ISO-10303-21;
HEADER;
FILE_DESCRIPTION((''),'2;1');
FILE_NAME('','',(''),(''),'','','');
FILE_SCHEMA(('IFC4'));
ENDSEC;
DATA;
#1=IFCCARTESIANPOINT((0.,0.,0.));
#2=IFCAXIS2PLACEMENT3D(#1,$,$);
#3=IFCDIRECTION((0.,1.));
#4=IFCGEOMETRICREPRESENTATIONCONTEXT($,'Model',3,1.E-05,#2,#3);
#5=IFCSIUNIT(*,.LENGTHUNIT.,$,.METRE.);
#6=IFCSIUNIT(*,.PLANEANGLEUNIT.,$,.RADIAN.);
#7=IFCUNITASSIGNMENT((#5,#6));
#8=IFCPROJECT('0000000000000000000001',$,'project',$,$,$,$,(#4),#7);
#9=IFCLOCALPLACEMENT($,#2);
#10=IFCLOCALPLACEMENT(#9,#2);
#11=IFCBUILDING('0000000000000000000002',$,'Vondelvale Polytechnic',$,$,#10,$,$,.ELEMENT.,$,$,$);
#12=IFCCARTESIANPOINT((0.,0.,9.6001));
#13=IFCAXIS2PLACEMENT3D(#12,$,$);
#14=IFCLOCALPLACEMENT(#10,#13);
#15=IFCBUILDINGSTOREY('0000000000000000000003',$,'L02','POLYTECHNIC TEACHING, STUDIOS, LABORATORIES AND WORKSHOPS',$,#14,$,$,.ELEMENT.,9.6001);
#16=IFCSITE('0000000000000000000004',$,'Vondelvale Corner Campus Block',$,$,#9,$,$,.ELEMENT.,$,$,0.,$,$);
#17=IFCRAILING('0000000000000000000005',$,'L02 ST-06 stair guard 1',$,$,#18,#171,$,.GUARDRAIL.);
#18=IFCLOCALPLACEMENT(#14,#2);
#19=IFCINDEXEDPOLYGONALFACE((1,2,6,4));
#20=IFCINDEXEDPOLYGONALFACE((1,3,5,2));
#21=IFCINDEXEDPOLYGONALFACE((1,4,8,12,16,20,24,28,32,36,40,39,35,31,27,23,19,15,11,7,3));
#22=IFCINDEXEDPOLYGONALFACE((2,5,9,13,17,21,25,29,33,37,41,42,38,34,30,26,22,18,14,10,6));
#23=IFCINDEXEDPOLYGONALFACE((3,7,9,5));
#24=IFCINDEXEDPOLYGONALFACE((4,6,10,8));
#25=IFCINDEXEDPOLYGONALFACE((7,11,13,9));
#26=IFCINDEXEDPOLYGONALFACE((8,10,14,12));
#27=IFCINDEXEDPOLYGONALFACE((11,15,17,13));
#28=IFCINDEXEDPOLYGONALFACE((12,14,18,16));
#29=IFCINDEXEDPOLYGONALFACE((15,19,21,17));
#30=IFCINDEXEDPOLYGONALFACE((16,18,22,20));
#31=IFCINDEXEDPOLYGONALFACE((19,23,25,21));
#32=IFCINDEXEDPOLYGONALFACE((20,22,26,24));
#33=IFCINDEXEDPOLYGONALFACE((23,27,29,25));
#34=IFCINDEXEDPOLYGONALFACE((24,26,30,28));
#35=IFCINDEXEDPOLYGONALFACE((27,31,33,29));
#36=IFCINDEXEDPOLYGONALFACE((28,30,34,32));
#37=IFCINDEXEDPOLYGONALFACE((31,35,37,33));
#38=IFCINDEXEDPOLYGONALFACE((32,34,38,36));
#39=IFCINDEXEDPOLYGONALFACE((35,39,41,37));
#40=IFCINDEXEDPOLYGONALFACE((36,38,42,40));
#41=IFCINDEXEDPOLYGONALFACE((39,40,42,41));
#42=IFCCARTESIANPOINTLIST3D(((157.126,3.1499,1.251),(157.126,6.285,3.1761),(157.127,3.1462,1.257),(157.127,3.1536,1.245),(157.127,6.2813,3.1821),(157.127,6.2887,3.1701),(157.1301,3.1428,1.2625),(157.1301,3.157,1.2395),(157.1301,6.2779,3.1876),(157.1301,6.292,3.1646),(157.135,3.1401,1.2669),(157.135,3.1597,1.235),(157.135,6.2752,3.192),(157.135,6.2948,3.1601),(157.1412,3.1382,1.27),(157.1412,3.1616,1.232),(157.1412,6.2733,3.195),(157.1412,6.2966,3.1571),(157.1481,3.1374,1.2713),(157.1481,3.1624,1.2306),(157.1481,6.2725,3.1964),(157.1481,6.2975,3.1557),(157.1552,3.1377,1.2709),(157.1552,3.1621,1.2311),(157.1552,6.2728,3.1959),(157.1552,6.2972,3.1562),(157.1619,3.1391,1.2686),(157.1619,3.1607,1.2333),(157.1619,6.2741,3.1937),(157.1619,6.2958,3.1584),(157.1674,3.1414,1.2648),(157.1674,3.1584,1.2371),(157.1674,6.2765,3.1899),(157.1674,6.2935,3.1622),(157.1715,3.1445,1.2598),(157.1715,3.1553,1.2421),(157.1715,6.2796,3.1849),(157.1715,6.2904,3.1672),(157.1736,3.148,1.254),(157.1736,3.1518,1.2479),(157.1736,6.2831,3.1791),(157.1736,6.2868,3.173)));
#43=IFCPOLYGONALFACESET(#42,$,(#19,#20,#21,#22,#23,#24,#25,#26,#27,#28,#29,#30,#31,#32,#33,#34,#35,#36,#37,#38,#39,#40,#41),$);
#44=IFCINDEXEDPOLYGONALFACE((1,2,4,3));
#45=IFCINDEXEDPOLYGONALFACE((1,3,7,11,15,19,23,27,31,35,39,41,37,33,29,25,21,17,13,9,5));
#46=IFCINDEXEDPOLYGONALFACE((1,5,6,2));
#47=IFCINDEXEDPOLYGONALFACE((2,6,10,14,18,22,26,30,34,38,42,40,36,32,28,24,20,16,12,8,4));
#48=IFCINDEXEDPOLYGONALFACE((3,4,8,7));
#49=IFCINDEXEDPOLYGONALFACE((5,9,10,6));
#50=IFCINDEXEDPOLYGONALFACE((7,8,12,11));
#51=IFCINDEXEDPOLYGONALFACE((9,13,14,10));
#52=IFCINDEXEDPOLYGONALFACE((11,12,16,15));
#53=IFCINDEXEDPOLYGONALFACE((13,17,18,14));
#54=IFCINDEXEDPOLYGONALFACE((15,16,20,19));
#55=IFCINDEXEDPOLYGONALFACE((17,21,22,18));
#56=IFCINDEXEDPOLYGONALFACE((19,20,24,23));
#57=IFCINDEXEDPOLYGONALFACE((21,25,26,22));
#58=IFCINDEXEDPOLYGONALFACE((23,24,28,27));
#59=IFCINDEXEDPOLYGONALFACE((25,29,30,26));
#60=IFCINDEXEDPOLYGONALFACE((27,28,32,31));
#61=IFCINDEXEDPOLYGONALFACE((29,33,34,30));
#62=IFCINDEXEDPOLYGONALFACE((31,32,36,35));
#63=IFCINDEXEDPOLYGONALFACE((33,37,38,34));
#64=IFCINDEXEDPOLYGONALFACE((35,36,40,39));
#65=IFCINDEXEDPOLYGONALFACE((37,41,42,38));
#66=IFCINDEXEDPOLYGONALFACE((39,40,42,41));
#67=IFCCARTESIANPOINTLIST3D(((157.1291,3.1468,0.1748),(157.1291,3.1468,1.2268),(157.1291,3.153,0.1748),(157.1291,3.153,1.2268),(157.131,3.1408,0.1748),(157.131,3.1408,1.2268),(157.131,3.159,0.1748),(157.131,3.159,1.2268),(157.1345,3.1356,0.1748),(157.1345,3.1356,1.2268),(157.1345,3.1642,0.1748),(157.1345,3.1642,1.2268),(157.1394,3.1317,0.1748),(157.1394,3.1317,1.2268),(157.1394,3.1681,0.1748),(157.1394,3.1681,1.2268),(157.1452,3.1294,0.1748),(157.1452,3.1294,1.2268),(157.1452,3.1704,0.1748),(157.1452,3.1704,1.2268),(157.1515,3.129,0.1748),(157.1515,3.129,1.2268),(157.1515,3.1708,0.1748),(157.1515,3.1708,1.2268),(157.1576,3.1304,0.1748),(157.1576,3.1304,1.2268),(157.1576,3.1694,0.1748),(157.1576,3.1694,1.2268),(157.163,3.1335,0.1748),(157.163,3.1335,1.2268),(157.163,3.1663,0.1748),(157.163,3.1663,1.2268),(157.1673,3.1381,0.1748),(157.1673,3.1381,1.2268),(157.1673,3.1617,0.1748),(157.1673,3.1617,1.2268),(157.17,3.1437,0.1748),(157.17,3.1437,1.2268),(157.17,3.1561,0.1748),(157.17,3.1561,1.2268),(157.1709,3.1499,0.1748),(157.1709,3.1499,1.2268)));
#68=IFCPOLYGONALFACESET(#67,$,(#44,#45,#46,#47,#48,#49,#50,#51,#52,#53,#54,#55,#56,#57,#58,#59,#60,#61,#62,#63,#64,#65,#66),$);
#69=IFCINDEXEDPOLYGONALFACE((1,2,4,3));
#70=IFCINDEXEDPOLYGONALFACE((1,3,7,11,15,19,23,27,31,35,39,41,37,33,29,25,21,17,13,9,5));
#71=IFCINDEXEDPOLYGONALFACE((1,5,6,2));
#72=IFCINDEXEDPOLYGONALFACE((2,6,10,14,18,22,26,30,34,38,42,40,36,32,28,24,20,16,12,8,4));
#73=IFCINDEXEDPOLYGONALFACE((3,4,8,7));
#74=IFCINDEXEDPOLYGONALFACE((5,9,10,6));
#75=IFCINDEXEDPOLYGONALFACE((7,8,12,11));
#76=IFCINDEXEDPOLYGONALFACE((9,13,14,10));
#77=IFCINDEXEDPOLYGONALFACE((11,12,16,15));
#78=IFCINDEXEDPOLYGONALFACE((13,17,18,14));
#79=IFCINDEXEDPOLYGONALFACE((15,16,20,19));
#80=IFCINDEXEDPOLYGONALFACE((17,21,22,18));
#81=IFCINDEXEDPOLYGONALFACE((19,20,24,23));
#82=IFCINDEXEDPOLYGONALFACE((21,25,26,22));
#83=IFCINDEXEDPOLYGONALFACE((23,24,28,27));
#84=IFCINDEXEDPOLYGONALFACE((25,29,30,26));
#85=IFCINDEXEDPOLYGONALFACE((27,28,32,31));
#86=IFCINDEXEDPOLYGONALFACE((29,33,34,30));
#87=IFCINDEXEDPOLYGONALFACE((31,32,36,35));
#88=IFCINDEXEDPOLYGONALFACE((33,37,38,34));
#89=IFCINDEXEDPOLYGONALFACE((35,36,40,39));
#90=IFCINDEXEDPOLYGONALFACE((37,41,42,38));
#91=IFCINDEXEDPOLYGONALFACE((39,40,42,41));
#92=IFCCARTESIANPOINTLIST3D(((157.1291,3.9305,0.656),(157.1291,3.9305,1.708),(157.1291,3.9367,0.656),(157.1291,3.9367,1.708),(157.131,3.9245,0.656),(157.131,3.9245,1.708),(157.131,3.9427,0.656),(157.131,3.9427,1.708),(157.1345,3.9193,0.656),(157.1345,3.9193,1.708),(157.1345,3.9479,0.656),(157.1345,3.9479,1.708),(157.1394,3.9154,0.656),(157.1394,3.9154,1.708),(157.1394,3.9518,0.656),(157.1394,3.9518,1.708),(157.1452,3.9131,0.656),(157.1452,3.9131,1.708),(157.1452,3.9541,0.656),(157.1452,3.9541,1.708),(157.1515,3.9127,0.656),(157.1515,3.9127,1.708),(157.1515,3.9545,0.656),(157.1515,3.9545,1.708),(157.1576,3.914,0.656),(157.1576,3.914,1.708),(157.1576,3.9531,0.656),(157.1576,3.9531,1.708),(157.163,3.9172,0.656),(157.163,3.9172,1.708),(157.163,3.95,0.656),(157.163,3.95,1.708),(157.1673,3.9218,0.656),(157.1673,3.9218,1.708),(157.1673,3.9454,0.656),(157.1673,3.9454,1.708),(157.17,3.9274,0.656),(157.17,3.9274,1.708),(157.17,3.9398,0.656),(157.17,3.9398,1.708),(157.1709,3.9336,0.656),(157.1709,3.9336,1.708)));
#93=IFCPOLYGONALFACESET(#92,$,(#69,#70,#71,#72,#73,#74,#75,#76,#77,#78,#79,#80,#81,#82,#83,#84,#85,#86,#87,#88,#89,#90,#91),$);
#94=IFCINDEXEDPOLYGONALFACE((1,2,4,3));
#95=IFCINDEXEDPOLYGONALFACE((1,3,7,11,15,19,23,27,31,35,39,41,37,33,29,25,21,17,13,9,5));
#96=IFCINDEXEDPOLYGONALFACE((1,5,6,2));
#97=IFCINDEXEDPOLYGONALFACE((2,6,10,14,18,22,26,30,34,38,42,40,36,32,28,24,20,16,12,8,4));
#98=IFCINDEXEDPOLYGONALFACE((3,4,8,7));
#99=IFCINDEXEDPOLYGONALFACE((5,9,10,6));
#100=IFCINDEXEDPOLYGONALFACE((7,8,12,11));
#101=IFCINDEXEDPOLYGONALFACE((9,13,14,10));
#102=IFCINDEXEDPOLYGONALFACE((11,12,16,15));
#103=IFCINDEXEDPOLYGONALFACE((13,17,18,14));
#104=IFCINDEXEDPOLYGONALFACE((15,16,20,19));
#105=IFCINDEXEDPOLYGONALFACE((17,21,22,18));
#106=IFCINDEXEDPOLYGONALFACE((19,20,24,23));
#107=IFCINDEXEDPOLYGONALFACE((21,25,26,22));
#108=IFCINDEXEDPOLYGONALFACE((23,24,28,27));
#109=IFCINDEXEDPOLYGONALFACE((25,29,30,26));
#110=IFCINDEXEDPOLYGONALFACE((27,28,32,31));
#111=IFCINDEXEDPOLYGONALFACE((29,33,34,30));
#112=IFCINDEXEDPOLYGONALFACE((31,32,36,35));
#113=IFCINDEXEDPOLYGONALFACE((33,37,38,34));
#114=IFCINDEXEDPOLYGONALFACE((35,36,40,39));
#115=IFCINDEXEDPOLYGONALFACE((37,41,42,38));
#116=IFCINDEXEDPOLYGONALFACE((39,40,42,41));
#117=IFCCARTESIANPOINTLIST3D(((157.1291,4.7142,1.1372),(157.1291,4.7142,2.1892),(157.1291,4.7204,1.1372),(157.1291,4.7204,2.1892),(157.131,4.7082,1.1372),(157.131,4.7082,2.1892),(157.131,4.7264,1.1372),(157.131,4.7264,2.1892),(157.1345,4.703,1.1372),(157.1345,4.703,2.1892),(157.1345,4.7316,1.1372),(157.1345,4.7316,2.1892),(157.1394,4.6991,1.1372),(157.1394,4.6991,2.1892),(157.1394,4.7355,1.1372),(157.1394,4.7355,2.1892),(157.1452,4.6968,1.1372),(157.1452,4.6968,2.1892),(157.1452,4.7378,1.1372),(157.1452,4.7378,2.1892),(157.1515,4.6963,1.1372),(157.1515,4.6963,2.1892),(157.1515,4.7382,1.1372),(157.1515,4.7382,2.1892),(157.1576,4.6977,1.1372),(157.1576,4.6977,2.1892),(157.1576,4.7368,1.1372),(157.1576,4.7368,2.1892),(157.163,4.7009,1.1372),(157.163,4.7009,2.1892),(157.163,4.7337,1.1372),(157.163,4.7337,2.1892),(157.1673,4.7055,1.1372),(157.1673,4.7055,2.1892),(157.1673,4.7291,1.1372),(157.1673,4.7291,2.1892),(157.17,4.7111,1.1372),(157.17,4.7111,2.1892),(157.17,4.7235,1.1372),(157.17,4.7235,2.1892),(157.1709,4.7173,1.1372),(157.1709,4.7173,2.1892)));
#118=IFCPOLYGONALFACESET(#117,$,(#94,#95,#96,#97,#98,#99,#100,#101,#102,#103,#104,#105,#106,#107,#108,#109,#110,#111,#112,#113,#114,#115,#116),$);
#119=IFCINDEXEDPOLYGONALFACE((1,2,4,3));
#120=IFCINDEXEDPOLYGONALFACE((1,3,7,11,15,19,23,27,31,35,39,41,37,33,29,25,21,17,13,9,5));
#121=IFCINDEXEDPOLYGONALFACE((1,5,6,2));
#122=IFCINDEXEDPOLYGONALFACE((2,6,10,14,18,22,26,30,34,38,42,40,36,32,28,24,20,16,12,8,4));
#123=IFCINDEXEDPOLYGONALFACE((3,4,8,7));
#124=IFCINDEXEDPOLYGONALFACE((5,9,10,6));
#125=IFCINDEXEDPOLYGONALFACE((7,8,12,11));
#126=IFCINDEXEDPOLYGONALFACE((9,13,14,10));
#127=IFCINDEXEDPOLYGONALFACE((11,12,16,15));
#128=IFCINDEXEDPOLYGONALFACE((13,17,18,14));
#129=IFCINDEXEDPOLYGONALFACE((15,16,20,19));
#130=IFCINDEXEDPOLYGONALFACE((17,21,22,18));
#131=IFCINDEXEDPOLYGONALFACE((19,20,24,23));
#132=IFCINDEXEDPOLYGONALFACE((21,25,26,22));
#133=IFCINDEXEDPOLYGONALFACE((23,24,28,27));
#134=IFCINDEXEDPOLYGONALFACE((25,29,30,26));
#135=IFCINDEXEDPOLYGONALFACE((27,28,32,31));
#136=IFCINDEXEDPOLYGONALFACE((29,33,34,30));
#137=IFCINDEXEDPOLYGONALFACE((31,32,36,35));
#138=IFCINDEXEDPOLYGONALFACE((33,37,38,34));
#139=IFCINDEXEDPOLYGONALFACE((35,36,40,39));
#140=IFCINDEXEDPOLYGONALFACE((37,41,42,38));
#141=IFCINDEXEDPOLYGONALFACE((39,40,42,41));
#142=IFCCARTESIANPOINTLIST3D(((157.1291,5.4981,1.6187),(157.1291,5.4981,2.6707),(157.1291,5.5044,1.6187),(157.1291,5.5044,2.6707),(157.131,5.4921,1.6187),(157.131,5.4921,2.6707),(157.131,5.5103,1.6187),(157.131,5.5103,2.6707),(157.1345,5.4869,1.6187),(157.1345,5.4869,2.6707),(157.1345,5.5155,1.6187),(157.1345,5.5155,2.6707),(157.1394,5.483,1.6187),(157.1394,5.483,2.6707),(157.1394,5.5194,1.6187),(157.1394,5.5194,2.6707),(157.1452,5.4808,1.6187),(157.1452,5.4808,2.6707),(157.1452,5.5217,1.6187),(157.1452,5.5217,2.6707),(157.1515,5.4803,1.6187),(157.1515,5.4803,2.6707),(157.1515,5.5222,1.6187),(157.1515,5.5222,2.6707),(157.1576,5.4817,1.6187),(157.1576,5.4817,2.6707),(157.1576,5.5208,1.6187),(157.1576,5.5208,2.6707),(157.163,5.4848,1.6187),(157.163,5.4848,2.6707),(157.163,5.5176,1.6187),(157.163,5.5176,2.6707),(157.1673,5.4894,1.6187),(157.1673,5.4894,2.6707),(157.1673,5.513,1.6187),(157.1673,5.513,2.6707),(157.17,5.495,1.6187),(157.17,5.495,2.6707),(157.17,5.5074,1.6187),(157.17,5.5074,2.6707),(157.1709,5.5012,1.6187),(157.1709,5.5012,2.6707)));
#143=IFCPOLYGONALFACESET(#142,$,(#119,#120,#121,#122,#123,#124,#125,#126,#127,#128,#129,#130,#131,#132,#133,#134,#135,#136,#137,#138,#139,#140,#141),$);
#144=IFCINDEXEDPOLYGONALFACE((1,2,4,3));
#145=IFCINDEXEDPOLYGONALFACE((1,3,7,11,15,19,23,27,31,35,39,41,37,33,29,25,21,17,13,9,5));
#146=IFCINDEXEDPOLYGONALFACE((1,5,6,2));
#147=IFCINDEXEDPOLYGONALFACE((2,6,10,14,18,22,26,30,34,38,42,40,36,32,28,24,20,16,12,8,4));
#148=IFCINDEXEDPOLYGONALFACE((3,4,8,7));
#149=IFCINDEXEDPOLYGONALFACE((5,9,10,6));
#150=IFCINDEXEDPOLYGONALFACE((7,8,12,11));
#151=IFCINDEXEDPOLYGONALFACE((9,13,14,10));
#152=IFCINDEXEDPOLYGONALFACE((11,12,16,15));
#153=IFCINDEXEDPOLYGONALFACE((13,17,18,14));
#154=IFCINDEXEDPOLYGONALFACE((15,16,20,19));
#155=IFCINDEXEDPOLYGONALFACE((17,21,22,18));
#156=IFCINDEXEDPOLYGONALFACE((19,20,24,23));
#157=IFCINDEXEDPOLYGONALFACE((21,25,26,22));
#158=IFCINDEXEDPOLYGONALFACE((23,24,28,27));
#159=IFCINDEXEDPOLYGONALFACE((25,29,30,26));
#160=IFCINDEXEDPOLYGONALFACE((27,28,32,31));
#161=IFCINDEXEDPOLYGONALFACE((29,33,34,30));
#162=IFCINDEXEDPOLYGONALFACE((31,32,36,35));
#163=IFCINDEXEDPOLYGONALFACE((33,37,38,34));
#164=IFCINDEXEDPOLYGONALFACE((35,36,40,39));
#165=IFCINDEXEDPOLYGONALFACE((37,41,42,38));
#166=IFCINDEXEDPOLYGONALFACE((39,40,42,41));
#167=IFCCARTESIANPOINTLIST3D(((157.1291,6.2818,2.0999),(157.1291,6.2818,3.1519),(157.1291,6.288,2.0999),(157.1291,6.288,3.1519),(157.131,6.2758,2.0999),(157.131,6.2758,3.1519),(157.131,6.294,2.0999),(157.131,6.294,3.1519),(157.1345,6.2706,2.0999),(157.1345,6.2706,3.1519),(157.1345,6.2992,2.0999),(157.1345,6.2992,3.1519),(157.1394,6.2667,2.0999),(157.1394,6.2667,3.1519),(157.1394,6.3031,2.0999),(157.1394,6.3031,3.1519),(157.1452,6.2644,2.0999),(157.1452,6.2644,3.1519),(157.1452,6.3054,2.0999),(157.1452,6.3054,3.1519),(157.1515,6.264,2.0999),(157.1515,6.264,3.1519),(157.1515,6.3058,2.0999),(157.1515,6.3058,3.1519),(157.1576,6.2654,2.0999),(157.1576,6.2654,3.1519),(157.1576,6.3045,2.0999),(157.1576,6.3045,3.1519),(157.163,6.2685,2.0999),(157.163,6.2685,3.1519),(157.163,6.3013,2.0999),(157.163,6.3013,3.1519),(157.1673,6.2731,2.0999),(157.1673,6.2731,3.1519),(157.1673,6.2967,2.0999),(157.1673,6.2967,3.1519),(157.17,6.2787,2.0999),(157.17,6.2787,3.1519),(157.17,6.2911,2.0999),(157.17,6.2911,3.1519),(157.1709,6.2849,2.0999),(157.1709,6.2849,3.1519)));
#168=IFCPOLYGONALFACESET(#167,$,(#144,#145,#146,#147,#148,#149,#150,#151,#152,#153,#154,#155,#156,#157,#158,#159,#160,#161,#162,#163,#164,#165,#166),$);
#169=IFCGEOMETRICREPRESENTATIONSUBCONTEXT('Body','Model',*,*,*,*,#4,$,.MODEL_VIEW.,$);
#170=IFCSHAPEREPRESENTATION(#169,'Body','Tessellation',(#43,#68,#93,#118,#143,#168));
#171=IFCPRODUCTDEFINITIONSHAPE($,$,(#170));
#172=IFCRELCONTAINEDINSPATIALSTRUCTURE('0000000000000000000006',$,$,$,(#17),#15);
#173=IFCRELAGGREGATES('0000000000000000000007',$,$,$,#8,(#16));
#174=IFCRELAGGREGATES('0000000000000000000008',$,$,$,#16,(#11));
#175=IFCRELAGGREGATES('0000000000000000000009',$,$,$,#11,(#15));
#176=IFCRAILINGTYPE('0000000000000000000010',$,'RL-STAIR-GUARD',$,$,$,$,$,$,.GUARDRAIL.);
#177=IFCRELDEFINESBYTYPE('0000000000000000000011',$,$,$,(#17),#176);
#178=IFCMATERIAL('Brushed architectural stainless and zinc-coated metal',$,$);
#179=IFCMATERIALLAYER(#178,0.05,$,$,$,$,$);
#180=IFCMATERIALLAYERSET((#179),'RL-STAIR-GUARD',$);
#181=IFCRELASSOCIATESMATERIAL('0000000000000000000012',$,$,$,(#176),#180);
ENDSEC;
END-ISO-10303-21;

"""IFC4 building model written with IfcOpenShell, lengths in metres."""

from ifc_helpers import new_model, si_unit, direction, frame, origin, origin_2d, place, context, subcontext, project, spatial, circle, extrude, material, layer, layer_set, type_object, element, save


model = new_model("IFC4")

# Units and contexts
model_context = context("Model", 3, precision=1e-05, world=origin(), true_north=direction((0.0, 1.0)))
body_context = subcontext(model_context, "Body", "Model", "MODEL_VIEW")
ifc_project = project(units=[si_unit("LENGTHUNIT", "METRE"), si_unit("PLANEANGLEUNIT", "RADIAN")], contexts=[model_context])

# Site, building, storey
site_placement = place(None, origin())
site = spatial("IfcSite", under=ifc_project, at=site_placement, Name="Vondelvale Corner Campus Block", CompositionType="ELEMENT", RefElevation=0.0)
building_placement = place(site_placement, origin())
building = spatial("IfcBuilding", under=site, at=building_placement, Name="Vondelvale Polytechnic", CompositionType="ELEMENT")
storey_placement = place(building_placement, frame((0.0, 0.0, 9.6001)))
storey = spatial("IfcBuildingStorey", under=building, at=storey_placement, Name="L02", Description="POLYTECHNIC TEACHING, STUDIOS, LABORATORIES AND WORKSHOPS", CompositionType="ELEMENT", Elevation=9.6001)

# Railing
ifc_material_1 = material(Name="Brushed architectural stainless and zinc-coated metal")
ifc_layer_1 = layer(ifc_material_1, 0.05)
ifc_layer_set_1 = layer_set([ifc_layer_1], Name="RL-STAIR-GUARD")
railing_type_1 = type_object("IfcRailingType", Name="RL-STAIR-GUARD", PredefinedType="GUARDRAIL", material=ifc_layer_set_1)
railing_1_placement = place(storey_placement, frame((157.1499, 3.1499, 0.1748)))
element("IfcRailing", 1, at=railing_1_placement, inside=storey, type_object=railing_type_1, Name="L02 ST-06 stair guard 1", PredefinedType="GUARDRAIL", context=body_context, shape_type="SweptSolid", body=[
    extrude(circle(Radius=0.0239, at=origin_2d()), frame((0.0, 0.0, 1.0762), z_axis=(0.0, 0.852166, 0.523271), x_axis=(-1.0, 0.0, 0.0)), (0.0, 0.0, 1.0), 3.679),
    extrude(circle(Radius=0.021, at=origin_2d()), origin(), (0.0, 0.0, 1.0), 1.052),
    extrude(circle(Radius=0.021, at=origin_2d()), frame((0.0, 0.7837, 0.4812)), (0.0, 0.0, 1.0), 1.052),
    extrude(circle(Radius=0.021, at=origin_2d()), frame((0.0, 1.5674, 0.9624)), (0.0, 0.0, 1.0), 1.052),
    extrude(circle(Radius=0.021, at=origin_2d()), frame((0.0, 2.3513, 1.4438)), (0.0, 0.0, 1.0), 1.052),
    extrude(circle(Radius=0.021, at=origin_2d()), frame((0.0, 3.135, 1.925)), (0.0, 0.0, 1.0), 1.052),
])

save(model, "model.ifc")
